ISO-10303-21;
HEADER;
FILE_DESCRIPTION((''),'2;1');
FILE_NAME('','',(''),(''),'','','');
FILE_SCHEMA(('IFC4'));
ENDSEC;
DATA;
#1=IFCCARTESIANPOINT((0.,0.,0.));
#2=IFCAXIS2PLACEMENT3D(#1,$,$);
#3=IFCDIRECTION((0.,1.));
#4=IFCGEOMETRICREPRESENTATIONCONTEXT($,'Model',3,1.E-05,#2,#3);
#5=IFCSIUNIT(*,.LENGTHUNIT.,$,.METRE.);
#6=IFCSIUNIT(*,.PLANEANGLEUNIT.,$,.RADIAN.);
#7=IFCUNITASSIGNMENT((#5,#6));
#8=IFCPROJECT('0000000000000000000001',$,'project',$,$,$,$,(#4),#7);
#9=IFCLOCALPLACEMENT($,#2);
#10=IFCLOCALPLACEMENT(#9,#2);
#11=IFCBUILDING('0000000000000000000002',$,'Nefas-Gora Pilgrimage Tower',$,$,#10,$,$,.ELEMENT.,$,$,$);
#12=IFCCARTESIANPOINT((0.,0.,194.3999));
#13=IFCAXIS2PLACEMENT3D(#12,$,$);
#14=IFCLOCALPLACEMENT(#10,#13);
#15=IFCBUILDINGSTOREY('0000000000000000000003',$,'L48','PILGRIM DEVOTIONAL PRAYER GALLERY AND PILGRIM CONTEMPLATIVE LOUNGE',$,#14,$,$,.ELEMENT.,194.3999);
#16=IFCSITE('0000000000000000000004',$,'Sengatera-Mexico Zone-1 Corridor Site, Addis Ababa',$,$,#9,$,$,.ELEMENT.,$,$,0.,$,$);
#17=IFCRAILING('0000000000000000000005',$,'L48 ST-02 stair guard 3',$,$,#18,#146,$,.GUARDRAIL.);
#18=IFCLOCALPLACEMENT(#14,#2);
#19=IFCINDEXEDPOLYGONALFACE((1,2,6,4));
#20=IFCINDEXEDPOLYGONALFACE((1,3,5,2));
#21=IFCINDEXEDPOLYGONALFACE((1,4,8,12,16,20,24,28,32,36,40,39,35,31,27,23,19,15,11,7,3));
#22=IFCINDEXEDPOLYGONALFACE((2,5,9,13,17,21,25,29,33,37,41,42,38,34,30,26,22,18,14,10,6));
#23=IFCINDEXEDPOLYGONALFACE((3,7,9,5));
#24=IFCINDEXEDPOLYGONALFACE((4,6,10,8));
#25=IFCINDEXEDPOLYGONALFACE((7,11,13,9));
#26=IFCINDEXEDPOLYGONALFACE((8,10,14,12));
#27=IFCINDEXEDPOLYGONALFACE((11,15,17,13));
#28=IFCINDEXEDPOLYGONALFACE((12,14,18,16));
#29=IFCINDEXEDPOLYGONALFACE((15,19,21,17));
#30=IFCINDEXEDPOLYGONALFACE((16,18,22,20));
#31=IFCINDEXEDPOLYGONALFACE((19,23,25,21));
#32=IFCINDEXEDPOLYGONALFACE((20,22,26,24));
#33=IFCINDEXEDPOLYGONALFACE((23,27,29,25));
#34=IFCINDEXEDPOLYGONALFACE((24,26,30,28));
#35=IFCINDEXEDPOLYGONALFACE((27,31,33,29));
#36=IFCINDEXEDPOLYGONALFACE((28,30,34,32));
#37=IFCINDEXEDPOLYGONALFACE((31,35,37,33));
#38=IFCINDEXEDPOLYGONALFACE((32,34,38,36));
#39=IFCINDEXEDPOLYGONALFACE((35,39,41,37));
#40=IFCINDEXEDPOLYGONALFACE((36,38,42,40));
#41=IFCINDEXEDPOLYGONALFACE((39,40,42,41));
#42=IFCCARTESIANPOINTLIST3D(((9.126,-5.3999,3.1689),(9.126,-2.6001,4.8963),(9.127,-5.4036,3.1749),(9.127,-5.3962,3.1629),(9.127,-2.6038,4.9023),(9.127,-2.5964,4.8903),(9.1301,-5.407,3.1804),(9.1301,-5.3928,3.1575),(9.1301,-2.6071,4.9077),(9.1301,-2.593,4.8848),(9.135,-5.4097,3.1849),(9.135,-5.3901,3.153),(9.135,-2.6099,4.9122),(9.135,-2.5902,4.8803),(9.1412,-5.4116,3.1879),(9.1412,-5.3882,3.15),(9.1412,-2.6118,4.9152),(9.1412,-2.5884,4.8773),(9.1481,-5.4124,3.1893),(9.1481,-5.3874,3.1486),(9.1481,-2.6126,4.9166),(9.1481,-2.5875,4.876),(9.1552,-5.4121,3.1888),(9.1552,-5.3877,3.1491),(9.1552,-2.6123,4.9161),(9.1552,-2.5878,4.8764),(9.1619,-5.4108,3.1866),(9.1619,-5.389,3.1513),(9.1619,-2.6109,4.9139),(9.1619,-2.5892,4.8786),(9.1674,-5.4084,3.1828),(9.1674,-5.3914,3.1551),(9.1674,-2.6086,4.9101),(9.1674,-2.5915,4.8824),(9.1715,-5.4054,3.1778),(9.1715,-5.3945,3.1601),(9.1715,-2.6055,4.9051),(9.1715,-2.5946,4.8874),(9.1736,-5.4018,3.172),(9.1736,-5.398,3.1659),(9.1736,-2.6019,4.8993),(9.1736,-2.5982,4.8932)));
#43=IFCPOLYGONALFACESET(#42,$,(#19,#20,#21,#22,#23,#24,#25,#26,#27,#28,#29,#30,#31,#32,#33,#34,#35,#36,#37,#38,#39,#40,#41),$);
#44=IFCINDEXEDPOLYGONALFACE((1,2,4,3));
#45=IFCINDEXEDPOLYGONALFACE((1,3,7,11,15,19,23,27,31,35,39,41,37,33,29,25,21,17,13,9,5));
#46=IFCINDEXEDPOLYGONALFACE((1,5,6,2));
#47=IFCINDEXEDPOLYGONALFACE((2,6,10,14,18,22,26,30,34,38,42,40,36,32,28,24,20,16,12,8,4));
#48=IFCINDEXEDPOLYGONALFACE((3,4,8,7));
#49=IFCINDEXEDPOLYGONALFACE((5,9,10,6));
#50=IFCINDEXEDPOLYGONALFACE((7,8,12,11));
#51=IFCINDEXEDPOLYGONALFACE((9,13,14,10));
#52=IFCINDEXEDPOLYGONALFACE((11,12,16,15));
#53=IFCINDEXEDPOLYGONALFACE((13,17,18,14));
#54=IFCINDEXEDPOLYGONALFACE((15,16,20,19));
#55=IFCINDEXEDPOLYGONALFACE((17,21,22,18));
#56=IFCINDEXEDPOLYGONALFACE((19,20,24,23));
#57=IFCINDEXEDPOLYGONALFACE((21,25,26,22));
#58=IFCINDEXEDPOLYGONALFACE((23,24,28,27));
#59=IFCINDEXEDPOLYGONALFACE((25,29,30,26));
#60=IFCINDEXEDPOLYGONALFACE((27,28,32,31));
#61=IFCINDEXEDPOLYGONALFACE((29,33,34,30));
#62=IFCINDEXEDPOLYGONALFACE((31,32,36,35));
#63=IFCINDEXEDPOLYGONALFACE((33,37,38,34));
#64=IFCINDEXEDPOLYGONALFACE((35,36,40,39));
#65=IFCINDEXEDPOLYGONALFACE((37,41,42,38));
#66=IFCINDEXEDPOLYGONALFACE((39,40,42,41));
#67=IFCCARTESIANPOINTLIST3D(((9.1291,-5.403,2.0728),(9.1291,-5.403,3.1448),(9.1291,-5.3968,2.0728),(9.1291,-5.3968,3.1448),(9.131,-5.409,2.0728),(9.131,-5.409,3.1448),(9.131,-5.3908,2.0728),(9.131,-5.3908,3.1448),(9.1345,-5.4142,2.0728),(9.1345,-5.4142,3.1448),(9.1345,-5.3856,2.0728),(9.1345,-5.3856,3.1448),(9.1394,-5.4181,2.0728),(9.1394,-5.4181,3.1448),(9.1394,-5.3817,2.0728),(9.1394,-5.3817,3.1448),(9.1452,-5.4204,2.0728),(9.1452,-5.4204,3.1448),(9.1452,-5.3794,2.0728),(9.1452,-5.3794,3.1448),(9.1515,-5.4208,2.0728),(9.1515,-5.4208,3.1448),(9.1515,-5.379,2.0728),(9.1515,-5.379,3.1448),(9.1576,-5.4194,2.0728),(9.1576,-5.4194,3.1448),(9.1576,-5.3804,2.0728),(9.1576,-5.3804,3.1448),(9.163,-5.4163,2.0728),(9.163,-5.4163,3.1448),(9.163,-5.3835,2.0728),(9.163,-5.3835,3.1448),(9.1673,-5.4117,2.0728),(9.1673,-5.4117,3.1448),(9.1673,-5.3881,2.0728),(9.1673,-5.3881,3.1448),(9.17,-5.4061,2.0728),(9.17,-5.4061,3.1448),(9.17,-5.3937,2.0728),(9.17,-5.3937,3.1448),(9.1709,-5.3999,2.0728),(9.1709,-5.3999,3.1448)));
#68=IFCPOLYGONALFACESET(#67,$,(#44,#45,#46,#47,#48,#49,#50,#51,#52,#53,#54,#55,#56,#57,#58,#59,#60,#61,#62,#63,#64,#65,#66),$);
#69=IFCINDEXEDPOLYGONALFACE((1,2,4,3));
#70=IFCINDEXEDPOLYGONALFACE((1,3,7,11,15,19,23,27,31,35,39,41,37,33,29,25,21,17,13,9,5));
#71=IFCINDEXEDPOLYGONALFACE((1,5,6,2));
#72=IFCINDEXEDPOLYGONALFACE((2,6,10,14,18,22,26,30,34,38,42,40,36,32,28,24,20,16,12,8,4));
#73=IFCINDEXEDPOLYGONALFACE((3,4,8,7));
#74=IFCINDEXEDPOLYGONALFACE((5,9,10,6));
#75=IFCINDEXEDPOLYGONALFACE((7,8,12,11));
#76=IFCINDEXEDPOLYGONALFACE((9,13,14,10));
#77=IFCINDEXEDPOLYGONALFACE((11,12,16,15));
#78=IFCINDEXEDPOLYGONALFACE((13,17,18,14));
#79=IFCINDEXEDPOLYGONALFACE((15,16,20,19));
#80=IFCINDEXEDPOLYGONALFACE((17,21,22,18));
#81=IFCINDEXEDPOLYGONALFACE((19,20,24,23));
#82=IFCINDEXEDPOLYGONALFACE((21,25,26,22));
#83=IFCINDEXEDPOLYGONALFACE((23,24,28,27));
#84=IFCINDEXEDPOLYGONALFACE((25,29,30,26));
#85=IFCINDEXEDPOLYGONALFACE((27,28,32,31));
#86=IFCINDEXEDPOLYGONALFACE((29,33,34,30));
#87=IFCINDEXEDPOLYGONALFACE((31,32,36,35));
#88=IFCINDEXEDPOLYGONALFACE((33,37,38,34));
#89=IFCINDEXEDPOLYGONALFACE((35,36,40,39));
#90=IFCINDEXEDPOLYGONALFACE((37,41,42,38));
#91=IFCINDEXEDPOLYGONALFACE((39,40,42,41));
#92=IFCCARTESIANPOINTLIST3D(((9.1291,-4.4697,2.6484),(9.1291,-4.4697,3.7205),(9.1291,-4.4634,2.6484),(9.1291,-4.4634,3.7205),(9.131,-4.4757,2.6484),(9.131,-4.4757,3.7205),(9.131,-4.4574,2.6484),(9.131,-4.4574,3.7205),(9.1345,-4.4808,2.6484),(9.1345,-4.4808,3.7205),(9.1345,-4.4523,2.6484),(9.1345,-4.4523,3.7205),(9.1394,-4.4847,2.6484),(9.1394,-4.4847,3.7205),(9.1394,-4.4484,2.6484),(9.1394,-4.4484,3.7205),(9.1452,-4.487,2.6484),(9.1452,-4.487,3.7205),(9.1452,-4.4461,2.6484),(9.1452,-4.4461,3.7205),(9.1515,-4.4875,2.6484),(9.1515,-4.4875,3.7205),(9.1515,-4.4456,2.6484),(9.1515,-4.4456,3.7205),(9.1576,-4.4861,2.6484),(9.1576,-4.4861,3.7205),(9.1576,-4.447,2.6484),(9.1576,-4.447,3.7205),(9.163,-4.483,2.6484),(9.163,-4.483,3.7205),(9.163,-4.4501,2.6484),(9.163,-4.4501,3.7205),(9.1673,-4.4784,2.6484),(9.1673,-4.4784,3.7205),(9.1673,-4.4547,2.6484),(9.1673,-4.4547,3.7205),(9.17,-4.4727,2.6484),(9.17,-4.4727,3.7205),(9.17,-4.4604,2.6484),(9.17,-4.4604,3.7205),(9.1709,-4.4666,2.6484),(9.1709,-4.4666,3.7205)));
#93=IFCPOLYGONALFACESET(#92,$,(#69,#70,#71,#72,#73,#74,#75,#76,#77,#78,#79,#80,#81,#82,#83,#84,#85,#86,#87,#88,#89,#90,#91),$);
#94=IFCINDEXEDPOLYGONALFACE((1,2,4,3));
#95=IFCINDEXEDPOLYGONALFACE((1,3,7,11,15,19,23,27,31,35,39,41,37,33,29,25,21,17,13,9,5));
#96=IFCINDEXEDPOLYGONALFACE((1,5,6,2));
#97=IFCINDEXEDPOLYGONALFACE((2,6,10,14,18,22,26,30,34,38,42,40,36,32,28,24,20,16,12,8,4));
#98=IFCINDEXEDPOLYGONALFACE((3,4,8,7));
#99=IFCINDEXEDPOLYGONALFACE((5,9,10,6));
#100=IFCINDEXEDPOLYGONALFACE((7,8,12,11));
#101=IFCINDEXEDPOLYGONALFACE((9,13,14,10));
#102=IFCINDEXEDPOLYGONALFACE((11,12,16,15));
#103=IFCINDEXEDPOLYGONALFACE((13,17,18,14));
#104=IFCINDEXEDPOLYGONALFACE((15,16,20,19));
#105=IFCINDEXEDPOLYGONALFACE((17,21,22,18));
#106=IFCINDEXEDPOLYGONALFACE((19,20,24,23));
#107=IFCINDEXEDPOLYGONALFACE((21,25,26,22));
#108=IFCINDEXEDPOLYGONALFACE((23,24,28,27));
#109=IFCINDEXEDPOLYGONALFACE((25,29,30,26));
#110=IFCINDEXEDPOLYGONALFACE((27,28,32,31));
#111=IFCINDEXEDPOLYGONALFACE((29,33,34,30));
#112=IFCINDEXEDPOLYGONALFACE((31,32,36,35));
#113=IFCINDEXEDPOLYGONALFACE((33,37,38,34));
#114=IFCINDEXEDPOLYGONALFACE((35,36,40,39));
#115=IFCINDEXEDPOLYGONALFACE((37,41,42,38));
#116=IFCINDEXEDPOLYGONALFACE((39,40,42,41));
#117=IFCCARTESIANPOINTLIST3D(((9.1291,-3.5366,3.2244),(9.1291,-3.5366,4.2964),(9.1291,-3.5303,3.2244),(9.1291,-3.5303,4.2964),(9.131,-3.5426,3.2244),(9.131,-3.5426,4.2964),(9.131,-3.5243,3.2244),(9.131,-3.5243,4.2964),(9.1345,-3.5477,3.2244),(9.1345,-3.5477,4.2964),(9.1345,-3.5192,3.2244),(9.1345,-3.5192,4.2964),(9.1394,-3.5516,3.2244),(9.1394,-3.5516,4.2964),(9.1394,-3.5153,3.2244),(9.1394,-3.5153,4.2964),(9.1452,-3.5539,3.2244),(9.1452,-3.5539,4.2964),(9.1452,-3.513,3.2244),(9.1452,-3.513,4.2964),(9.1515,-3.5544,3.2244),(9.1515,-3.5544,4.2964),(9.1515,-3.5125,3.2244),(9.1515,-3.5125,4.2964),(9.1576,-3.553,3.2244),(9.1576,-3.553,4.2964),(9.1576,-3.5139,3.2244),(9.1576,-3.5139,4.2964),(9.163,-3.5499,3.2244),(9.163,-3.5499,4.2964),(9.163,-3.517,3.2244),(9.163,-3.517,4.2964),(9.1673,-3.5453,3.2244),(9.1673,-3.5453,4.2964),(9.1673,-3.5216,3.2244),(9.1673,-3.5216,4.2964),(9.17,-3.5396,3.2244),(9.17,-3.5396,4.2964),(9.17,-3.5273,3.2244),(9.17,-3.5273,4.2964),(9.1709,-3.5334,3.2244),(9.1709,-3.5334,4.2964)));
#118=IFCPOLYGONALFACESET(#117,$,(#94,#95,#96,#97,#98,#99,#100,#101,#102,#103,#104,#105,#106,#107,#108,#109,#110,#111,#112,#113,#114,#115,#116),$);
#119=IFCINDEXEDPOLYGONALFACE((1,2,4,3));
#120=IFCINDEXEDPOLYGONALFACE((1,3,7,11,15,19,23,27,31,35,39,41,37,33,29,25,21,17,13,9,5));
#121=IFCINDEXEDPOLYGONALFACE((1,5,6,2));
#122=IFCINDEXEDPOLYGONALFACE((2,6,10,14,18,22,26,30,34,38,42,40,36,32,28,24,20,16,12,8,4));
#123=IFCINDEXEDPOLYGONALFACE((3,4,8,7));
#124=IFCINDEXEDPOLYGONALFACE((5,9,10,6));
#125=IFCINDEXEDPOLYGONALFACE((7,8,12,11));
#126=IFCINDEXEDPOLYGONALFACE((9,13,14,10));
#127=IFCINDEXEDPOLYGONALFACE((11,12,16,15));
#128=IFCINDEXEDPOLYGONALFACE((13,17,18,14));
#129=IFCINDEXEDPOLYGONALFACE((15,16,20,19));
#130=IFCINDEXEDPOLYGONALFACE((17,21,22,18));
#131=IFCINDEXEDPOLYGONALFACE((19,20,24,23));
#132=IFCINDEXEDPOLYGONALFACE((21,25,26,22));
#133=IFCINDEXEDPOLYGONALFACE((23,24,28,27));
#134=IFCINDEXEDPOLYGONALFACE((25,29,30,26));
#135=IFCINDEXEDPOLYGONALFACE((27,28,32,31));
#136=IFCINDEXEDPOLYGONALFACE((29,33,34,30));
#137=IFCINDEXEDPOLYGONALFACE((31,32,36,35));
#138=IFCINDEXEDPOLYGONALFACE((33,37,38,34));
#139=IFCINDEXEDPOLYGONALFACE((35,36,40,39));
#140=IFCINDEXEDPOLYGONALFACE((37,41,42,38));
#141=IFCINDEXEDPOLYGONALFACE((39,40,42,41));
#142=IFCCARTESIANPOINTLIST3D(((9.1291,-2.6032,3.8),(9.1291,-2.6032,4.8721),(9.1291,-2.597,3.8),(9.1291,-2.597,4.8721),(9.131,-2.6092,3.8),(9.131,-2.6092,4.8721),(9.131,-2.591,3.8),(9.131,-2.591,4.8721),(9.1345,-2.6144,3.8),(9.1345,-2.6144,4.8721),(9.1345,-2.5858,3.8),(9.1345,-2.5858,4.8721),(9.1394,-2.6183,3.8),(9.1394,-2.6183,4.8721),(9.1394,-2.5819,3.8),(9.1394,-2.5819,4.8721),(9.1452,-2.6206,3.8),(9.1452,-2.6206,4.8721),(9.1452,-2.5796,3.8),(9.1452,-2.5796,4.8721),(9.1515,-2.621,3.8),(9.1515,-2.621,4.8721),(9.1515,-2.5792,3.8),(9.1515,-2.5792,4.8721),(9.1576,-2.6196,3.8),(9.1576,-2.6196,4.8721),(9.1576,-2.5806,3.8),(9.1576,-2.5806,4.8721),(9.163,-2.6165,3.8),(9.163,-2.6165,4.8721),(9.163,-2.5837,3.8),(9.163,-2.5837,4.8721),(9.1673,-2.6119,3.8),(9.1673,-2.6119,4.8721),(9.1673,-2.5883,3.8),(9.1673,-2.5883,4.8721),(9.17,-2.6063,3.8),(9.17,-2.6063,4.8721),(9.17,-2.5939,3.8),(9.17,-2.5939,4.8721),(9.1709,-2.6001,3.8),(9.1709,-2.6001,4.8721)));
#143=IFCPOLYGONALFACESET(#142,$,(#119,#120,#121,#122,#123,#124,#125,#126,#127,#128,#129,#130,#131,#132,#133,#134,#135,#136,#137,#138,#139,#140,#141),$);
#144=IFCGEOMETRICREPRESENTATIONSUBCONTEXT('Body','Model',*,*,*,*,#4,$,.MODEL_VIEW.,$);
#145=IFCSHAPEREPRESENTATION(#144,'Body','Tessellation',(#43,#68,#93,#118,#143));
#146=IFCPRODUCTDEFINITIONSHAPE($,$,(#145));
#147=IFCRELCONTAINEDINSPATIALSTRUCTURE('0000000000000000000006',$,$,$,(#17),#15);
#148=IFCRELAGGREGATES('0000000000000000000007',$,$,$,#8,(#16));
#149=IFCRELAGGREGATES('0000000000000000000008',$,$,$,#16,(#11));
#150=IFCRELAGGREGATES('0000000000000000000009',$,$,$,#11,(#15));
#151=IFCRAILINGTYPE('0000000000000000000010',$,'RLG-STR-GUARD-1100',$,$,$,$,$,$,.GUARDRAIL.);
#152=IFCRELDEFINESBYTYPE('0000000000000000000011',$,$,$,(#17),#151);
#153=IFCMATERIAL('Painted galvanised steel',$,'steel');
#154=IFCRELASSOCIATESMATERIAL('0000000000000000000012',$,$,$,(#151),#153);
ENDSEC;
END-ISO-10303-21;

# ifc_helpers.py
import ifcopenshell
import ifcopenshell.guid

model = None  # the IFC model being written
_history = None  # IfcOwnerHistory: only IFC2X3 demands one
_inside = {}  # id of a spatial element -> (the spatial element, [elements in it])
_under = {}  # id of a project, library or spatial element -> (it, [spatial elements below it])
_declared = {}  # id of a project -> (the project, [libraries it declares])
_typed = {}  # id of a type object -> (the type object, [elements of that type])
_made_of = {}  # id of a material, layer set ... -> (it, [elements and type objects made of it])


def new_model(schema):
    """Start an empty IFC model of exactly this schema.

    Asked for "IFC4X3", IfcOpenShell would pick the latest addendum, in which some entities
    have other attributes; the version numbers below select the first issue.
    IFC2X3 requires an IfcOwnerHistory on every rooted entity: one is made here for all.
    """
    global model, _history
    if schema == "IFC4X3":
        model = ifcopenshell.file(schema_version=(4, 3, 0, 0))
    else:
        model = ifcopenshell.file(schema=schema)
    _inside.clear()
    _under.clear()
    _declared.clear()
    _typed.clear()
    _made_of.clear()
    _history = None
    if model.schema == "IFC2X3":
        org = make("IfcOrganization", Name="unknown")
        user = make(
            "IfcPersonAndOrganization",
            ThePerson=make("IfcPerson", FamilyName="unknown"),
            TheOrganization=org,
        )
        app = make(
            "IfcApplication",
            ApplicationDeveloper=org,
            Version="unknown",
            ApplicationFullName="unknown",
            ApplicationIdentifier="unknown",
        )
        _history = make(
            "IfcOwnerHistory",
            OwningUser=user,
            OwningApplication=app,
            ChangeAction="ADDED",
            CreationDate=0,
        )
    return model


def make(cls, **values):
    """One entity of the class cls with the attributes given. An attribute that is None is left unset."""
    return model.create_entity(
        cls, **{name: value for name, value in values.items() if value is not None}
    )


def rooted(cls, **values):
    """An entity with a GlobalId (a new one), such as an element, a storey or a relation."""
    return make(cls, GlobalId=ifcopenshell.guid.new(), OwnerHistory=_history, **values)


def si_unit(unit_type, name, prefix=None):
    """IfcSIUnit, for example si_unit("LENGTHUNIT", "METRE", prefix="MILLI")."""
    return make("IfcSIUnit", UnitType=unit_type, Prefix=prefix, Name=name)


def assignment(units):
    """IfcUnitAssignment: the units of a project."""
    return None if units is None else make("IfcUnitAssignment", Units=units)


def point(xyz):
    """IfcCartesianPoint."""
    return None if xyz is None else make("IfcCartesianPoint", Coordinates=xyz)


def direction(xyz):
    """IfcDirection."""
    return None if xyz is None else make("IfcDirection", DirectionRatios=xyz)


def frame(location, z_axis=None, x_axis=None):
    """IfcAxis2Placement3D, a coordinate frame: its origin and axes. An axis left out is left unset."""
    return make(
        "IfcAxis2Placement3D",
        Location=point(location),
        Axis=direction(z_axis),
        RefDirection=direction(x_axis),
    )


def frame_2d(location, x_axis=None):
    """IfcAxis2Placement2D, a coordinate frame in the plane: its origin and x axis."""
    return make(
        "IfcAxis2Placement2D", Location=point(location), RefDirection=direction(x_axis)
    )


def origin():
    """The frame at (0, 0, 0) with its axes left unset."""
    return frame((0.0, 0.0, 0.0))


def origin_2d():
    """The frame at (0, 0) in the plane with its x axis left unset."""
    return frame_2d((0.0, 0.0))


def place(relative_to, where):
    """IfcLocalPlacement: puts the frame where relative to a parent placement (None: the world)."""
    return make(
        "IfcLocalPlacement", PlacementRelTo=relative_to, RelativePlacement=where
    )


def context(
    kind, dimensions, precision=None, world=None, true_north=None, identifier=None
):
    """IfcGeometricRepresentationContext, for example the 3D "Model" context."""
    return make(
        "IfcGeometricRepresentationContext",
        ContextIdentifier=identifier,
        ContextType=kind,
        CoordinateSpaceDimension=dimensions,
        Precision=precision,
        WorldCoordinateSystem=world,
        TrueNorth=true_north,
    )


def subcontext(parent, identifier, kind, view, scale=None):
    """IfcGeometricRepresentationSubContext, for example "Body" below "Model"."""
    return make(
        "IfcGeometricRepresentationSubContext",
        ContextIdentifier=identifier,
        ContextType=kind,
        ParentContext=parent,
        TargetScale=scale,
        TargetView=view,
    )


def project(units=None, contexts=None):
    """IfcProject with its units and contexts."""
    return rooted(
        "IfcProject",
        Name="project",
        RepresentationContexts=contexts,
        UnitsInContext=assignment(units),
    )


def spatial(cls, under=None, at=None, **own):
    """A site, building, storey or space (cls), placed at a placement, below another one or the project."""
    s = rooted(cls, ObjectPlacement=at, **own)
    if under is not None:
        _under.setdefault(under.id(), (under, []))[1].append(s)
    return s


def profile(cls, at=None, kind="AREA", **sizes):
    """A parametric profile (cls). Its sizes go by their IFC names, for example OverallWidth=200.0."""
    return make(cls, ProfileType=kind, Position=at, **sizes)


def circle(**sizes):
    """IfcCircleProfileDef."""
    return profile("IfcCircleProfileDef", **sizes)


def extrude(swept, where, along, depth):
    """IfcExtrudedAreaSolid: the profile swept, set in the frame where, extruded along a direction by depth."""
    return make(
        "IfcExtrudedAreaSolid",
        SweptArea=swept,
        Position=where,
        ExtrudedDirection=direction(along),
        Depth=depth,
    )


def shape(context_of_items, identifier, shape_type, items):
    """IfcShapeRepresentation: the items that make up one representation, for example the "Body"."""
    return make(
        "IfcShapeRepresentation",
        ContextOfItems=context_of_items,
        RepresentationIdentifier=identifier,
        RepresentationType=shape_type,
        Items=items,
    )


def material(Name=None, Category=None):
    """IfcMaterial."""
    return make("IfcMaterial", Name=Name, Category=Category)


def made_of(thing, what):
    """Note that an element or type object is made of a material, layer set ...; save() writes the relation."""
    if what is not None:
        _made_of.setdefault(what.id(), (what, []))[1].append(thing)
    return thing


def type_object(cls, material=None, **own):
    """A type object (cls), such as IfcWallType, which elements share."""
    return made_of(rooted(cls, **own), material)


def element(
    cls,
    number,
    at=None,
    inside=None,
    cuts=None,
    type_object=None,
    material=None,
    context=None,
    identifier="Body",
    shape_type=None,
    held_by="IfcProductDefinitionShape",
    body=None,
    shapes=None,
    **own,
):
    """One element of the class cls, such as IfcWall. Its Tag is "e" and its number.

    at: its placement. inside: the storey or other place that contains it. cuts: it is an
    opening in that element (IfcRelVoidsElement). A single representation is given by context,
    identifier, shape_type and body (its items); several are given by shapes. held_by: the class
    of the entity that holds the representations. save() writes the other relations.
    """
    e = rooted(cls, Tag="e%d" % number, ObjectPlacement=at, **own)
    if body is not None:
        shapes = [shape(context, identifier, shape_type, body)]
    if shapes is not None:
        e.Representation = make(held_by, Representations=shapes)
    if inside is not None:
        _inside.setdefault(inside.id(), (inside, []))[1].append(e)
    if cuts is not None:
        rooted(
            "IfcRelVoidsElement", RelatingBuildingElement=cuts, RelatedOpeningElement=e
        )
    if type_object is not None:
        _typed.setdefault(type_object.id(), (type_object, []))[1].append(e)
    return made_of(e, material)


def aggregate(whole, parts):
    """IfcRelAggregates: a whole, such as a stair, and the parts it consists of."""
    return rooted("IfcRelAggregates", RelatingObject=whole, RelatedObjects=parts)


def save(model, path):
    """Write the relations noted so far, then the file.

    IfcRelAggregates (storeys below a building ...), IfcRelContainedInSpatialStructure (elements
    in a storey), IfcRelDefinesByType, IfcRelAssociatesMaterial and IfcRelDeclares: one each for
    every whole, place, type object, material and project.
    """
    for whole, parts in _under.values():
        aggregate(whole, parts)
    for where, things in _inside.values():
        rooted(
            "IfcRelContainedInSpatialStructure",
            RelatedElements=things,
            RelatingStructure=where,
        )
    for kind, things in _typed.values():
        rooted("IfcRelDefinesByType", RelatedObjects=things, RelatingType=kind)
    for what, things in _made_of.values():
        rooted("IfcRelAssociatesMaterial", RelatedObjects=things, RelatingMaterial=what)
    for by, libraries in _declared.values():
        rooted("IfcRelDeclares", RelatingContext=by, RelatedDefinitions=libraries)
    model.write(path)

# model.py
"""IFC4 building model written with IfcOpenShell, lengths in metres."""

from ifc_helpers import new_model, si_unit, direction, frame, origin, origin_2d, place, context, subcontext, project, spatial, circle, extrude, material, type_object, element, save


model = new_model("IFC4")

# Units and contexts
model_context = context("Model", 3, precision=1e-05, world=origin(), true_north=direction((0.0, 1.0)))
body_context = subcontext(model_context, "Body", "Model", "MODEL_VIEW")
ifc_project = project(units=[si_unit("LENGTHUNIT", "METRE"), si_unit("PLANEANGLEUNIT", "RADIAN")], contexts=[model_context])

# Site, building, storey
site_placement = place(None, origin())
site = spatial("IfcSite", under=ifc_project, at=site_placement, Name="Sengatera-Mexico Zone-1 Corridor Site, Addis Ababa", CompositionType="ELEMENT", RefElevation=0.0)
building_placement = place(site_placement, origin())
building = spatial("IfcBuilding", under=site, at=building_placement, Name="Nefas-Gora Pilgrimage Tower", CompositionType="ELEMENT")
storey_placement = place(building_placement, frame((0.0, 0.0, 194.3999)))
storey = spatial("IfcBuildingStorey", under=building, at=storey_placement, Name="L48", Description="PILGRIM DEVOTIONAL PRAYER GALLERY AND PILGRIM CONTEMPLATIVE LOUNGE", CompositionType="ELEMENT", Elevation=194.3999)

# Railing
ifc_material_1 = material(Name="Painted galvanised steel", Category="steel")
railing_type_1 = type_object("IfcRailingType", Name="RLG-STR-GUARD-1100", PredefinedType="GUARDRAIL", material=ifc_material_1)
railing_1_placement = place(storey_placement, frame((9.1499, -5.3999, 2.0728)))
element("IfcRailing", 1, at=railing_1_placement, inside=storey, type_object=railing_type_1, Name="L48 ST-02 stair guard 3", PredefinedType="GUARDRAIL", context=body_context, shape_type="SweptSolid", body=[
    extrude(circle(Radius=0.0239, at=origin_2d()), frame((0.0, 0.0, 1.0962), z_axis=(0.0, 0.851069, 0.525054), x_axis=(-1.0, 0.0, 0.0)), (0.0, 0.0, 1.0), 3.2898),
    extrude(circle(Radius=0.021, at=origin_2d()), origin(), (0.0, 0.0, 1.0), 1.072),
    extrude(circle(Radius=0.021, at=origin_2d()), frame((0.0, 0.9333, 0.5757)), (0.0, 0.0, 1.0), 1.072),
    extrude(circle(Radius=0.021, at=origin_2d()), frame((0.0, 1.8665, 1.1516)), (0.0, 0.0, 1.0), 1.072),
    extrude(circle(Radius=0.021, at=origin_2d()), frame((0.0, 2.7998, 1.7273)), (0.0, 0.0, 1.0), 1.072),
])

save(model, "model.ifc")
